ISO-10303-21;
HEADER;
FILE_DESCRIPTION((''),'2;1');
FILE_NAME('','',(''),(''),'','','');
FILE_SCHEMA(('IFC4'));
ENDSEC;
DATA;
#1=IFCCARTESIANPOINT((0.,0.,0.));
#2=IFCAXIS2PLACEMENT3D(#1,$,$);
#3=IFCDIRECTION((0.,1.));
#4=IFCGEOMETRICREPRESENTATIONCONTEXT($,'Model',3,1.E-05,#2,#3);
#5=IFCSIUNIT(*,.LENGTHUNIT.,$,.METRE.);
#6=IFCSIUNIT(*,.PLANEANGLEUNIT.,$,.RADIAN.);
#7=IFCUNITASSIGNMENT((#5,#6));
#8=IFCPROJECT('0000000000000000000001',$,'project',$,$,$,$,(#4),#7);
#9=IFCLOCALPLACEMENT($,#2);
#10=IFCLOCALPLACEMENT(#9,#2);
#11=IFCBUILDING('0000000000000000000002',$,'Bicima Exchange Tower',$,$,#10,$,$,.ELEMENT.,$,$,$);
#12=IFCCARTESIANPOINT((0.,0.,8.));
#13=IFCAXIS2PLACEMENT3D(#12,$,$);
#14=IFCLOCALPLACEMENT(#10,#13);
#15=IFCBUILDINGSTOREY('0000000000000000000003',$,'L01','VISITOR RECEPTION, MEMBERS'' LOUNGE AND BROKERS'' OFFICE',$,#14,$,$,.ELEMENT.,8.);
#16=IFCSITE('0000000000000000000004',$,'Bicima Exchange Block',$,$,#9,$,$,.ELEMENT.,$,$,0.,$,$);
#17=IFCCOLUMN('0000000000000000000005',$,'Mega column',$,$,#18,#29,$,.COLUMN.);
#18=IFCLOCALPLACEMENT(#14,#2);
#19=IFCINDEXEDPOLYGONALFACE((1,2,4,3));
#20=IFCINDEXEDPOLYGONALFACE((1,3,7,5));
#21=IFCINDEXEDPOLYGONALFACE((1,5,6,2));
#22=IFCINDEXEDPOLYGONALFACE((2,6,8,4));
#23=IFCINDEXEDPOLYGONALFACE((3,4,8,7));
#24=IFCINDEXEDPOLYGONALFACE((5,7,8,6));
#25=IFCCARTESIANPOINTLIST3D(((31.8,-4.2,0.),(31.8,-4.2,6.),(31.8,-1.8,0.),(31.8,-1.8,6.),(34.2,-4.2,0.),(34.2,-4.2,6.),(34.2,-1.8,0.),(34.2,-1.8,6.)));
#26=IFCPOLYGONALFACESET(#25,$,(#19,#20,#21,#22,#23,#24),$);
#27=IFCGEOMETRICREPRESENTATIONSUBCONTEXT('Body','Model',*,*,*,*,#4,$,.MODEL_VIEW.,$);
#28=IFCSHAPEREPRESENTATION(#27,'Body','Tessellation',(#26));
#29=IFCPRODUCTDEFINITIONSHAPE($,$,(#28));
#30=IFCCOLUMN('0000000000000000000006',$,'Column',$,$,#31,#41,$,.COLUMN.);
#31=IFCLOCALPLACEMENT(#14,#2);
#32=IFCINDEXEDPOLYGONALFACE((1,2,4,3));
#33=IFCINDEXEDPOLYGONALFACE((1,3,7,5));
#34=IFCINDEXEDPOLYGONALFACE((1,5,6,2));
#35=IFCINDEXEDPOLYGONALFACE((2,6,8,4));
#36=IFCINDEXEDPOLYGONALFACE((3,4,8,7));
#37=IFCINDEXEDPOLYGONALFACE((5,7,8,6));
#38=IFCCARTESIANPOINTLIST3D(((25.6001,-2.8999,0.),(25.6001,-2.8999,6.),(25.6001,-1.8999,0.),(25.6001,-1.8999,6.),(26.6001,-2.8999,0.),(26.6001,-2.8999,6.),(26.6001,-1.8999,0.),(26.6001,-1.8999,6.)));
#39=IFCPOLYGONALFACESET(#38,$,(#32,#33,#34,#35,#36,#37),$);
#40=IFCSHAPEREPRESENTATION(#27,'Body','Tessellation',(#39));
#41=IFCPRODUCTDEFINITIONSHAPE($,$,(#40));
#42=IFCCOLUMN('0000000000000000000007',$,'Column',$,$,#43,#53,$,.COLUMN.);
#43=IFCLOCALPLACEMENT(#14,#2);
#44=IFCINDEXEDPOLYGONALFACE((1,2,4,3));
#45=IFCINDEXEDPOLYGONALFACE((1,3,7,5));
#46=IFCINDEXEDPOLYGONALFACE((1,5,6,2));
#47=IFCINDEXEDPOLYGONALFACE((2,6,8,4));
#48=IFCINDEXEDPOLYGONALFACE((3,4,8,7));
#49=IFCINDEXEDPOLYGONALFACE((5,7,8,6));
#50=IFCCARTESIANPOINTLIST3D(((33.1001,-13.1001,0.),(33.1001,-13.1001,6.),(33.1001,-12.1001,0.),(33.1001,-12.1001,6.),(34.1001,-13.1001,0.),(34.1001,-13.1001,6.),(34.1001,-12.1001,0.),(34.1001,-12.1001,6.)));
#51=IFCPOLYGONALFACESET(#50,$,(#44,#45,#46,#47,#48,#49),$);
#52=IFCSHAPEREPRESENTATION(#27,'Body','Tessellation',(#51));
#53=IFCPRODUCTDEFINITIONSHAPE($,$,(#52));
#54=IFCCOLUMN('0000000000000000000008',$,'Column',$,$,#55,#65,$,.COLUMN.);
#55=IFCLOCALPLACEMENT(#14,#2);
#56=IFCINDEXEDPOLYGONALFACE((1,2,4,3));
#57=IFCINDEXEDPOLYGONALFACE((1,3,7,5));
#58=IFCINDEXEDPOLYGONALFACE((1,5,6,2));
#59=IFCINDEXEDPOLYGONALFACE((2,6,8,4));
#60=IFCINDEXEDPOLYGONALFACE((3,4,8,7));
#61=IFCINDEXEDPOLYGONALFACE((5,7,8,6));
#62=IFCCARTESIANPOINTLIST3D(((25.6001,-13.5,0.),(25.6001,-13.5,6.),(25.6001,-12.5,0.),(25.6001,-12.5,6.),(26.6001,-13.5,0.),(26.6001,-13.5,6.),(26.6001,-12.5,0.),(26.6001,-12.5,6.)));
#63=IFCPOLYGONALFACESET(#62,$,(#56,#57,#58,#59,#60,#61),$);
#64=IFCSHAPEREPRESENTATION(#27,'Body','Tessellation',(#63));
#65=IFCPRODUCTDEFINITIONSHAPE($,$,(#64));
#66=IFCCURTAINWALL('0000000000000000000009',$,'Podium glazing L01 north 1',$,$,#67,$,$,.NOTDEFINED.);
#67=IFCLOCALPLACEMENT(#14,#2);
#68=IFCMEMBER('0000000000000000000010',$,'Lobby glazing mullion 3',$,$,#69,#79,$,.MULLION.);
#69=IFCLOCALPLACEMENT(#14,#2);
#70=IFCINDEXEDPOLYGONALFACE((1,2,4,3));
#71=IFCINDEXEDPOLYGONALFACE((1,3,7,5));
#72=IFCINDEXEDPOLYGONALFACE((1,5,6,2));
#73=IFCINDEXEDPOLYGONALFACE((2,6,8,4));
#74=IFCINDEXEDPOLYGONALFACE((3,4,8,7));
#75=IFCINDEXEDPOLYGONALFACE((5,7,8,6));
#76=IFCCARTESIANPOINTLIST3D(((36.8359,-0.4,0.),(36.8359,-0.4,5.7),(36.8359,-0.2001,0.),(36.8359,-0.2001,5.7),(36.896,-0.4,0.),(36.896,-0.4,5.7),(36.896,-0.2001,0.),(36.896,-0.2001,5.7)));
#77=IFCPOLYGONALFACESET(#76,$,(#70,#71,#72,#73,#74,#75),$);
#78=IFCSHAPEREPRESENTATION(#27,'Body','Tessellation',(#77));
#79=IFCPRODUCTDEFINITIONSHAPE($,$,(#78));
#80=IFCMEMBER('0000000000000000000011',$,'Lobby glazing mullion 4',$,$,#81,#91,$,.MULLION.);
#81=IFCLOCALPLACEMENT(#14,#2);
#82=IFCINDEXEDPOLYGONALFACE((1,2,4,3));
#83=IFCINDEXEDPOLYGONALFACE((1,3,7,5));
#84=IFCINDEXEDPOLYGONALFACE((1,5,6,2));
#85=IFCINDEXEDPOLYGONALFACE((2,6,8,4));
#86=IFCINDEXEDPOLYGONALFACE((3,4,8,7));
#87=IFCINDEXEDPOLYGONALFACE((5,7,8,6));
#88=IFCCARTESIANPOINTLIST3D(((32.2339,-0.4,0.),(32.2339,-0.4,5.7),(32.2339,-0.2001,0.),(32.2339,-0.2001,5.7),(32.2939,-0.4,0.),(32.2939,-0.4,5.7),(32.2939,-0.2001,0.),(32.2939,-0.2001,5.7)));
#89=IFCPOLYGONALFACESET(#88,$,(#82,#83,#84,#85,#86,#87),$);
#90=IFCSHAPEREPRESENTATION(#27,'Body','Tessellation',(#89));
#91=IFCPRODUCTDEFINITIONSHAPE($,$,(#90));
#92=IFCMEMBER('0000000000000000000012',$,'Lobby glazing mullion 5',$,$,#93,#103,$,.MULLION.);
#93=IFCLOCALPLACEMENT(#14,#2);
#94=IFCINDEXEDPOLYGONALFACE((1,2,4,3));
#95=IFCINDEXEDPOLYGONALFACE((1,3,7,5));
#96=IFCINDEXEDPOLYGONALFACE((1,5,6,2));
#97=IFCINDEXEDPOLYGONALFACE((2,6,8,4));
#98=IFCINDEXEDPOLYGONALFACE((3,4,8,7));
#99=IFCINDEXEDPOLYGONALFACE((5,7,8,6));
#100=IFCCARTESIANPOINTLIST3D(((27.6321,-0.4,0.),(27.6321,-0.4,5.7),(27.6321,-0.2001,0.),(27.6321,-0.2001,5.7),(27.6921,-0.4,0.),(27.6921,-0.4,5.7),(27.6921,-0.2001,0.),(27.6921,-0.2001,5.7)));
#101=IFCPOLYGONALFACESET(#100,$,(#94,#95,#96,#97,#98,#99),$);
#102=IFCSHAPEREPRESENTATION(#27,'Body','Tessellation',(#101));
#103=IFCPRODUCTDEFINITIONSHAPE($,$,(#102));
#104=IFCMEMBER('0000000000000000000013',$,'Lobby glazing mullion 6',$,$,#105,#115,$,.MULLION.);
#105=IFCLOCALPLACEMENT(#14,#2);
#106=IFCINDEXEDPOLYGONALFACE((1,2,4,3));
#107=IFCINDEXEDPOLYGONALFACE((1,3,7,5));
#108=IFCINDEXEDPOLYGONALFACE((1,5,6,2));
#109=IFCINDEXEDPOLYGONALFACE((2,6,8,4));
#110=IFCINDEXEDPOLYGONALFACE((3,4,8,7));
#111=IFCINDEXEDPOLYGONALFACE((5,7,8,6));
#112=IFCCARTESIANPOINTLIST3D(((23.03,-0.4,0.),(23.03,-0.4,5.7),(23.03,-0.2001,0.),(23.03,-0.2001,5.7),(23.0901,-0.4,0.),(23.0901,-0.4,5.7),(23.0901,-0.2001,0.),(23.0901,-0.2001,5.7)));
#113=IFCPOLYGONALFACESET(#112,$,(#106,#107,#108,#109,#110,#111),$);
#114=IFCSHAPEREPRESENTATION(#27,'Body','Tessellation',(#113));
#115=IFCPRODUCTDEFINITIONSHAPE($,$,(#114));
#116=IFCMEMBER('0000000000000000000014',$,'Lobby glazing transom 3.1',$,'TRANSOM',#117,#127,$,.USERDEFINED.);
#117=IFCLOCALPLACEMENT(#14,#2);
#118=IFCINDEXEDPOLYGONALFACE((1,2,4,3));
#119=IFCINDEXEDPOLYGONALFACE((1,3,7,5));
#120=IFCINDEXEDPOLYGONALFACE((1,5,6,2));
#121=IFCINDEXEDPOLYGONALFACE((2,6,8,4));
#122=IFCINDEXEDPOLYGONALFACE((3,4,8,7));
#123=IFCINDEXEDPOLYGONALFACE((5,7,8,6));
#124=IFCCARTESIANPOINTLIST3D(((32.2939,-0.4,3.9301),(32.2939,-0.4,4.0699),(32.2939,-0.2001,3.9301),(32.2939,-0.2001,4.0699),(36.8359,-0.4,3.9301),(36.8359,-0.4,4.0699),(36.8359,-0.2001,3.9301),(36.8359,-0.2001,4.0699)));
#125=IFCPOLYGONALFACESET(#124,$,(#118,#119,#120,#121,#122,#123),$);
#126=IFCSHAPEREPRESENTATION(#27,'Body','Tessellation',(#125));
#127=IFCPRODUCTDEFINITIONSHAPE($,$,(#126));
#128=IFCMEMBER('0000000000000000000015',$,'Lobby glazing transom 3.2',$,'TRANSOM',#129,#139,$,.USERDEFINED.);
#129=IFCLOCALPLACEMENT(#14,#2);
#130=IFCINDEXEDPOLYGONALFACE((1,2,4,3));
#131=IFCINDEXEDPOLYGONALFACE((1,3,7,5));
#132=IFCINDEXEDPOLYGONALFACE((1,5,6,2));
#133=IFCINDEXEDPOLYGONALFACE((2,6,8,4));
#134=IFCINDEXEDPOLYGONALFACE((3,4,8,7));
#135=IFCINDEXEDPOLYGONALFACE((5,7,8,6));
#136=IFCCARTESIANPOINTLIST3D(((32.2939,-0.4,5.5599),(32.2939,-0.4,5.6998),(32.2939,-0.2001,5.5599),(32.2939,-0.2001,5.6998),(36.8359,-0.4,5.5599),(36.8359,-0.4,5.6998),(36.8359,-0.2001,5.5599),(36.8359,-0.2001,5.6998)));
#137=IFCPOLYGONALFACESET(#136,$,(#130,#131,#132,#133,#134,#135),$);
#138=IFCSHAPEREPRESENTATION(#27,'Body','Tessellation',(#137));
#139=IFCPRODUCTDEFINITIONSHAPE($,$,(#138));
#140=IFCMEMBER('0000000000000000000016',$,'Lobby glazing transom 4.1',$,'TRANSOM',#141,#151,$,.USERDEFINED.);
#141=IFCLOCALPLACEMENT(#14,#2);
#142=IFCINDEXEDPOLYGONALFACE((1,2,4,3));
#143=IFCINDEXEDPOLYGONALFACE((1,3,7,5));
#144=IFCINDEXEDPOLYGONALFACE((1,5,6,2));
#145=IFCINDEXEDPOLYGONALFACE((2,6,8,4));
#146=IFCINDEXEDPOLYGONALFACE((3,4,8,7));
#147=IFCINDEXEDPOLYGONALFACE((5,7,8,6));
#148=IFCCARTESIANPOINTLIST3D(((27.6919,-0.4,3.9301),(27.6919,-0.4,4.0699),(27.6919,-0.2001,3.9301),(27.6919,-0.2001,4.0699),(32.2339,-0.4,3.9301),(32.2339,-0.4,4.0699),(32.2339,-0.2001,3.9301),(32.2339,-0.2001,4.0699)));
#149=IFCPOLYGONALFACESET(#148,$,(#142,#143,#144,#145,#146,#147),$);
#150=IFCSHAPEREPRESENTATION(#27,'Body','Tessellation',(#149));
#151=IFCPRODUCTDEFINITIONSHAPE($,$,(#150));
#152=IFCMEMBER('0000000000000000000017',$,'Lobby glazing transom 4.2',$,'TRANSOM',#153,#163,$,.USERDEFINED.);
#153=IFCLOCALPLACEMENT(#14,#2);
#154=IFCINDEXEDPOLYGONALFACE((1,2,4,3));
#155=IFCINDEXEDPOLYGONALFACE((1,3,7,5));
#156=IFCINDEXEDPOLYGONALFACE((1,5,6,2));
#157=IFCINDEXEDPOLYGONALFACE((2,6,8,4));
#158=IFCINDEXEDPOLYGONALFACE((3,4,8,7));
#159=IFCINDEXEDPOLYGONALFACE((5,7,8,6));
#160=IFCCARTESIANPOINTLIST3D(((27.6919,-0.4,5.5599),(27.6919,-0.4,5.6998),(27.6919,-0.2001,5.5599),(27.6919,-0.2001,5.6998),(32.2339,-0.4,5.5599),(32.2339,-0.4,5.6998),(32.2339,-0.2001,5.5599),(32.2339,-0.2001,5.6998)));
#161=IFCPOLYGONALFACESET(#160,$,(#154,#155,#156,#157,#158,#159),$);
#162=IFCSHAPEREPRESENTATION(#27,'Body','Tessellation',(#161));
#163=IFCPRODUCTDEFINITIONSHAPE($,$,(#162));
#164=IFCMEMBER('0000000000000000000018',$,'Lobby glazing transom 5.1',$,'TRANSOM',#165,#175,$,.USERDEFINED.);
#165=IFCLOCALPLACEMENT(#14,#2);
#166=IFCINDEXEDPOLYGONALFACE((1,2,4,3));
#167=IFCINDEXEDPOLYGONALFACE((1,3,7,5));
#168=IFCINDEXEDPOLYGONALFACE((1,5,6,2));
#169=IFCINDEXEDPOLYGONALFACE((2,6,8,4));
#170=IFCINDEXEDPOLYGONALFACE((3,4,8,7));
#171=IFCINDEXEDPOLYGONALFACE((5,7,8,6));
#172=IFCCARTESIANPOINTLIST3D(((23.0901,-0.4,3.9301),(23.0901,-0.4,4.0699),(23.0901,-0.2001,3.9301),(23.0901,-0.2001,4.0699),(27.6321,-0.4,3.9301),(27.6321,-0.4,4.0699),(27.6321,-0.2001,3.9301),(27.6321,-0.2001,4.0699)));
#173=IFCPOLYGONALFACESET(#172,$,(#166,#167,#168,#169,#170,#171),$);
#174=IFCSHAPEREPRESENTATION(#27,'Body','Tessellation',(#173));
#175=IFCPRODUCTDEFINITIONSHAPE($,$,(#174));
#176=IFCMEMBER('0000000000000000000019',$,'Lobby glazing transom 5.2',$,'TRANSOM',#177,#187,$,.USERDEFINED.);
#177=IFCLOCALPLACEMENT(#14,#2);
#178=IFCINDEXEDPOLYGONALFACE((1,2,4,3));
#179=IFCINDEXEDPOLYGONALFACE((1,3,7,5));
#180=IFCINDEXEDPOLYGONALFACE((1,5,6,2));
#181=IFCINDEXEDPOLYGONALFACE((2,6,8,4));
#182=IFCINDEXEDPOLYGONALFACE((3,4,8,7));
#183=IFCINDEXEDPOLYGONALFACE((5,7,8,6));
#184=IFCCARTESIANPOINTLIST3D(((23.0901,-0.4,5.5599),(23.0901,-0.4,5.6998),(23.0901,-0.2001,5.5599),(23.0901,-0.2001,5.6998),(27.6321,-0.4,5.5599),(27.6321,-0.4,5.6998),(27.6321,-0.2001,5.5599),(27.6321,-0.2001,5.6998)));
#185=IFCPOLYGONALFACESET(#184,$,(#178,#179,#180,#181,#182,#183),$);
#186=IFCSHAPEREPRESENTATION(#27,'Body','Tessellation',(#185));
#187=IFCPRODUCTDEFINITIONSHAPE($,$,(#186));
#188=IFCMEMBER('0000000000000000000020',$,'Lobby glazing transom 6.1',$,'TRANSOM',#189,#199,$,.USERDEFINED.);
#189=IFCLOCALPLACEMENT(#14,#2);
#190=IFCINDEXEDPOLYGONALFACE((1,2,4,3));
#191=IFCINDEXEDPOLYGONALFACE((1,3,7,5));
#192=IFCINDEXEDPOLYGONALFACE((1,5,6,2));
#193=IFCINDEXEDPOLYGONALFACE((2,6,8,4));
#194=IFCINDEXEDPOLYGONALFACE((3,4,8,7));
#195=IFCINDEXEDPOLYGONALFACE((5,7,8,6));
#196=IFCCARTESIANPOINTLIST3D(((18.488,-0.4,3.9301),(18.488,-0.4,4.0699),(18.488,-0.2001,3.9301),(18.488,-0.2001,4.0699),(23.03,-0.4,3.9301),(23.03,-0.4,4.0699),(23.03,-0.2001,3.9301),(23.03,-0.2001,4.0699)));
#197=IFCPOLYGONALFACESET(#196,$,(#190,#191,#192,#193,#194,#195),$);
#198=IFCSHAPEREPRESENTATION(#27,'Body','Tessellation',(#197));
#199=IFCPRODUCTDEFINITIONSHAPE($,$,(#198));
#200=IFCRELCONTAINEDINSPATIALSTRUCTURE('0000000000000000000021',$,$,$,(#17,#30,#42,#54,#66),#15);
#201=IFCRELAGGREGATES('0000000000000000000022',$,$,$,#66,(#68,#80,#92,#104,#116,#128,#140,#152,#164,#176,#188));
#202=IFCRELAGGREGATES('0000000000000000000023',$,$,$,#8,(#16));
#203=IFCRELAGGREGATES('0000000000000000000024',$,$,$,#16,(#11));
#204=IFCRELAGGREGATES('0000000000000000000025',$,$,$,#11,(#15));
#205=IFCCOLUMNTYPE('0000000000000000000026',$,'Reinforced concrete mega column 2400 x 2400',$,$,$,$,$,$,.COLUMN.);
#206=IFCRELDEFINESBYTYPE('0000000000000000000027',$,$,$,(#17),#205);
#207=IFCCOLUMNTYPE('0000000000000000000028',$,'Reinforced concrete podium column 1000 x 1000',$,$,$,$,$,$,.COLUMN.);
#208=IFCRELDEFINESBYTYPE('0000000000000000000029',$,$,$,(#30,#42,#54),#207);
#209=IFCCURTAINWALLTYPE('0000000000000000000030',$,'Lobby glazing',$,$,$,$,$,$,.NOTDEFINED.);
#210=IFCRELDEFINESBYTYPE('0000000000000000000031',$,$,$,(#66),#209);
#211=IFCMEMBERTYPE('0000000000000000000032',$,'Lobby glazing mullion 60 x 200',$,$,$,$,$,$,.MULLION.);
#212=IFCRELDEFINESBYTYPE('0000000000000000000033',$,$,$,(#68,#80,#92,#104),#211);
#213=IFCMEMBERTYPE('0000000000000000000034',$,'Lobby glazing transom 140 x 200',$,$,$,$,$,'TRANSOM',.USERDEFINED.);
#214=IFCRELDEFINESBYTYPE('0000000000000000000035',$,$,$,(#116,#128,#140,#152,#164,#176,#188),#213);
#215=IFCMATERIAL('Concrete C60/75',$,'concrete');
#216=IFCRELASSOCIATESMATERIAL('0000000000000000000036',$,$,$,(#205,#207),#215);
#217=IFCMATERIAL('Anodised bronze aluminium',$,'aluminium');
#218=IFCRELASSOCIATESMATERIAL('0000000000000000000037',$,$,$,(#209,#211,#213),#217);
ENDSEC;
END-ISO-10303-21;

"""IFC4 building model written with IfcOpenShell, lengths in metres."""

from ifc_helpers import new_model, si_unit, direction, frame, origin, origin_2d, place, context, subcontext, project, spatial, rectangle, extrude, material, material_profile, profile_set, type_object, element, aggregate, save


model = new_model("IFC4")

# Units and contexts
model_context = context("Model", 3, precision=1e-05, world=origin(), true_north=direction((0.0, 1.0)))
body_context = subcontext(model_context, "Body", "Model", "MODEL_VIEW")
ifc_project = project(units=[si_unit("LENGTHUNIT", "METRE"), si_unit("PLANEANGLEUNIT", "RADIAN")], contexts=[model_context])

# Site, building, storey
site_placement = place(None, origin())
site = spatial("IfcSite", under=ifc_project, at=site_placement, Name="Bicima Exchange Block", CompositionType="ELEMENT", RefElevation=0.0)
building_placement = place(site_placement, origin())
building = spatial("IfcBuilding", under=site, at=building_placement, Name="Bicima Exchange Tower", CompositionType="ELEMENT")
storey_placement = place(building_placement, frame((0.0, 0.0, 8.0)))
storey = spatial("IfcBuildingStorey", under=building, at=storey_placement, Name="L01", Description="VISITOR RECEPTION, MEMBERS' LOUNGE AND BROKERS' OFFICE", CompositionType="ELEMENT", Elevation=8.0)

# Columns
ifc_material_1 = material(Name="Concrete C60/75", Category="concrete")
ifc_material_profile_1 = material_profile(ifc_material_1, rectangle(XDim=2.3999, YDim=2.3999, at=origin_2d()))
ifc_profile_set_1 = profile_set([ifc_material_profile_1], Name="Concrete C60/75")
column_type_1 = type_object("IfcColumnType", Name="Reinforced concrete mega column 2400 x 2400", PredefinedType="COLUMN", material=ifc_profile_set_1)
column_placement = place(storey_placement, frame((33.0, -3.0, 0.0), z_axis=(0.0, 0.0, 1.0), x_axis=(1.0, 0.0, 0.0)))
element("IfcColumn", 1, at=column_placement, inside=storey, type_object=column_type_1, Name="Mega column", PredefinedType="COLUMN", context=body_context, shape_type="SweptSolid", body=[
    extrude(rectangle(XDim=2.3999, YDim=2.3999, at=origin_2d()), origin(), (0.0, 0.0, 1.0), 6.0),
])
ifc_material_profile_2 = material_profile(ifc_material_1, rectangle(XDim=1.0, YDim=1.0, at=origin_2d()))
ifc_profile_set_2 = profile_set([ifc_material_profile_2], Name="Concrete C60/75")
column_type_2 = type_object("IfcColumnType", Name="Reinforced concrete podium column 1000 x 1000", PredefinedType="COLUMN", material=ifc_profile_set_2)
for number, where, z_axis, x_axis, name in (
    (2, (26.1001, -2.3999, 0.0), (0.0, 0.0, 1.0), (1.0, 0.0, 0.0), "Column"),
    (3, (33.6001, -12.6001, 0.0), (0.0, 0.0, 1.0), (1.0, 0.0, 0.0), "Column"),
    (4, (26.1001, -13.0, 0.0), (0.0, 0.0, 1.0), (1.0, 0.0, 0.0), "Column"),
):
    element("IfcColumn", number, at=place(storey_placement, frame(where, z_axis=z_axis, x_axis=x_axis)), inside=storey, type_object=column_type_2, Name=name, PredefinedType="COLUMN", context=body_context, shape_type="SweptSolid", body=[
        extrude(rectangle(XDim=1.0, YDim=1.0, at=origin_2d()), origin(), (0.0, 0.0, 1.0), 6.0),
    ])

# Curtain wall, members
ifc_material_2 = material(Name="Anodised bronze aluminium", Category="aluminium")
curtain_wall_type = type_object("IfcCurtainWallType", Name="Lobby glazing", PredefinedType="NOTDEFINED", material=ifc_material_2)
curtain_wall_placement = place(storey_placement, origin())
curtain_wall = element("IfcCurtainWall", 5, at=curtain_wall_placement, inside=storey, type_object=curtain_wall_type, Name="Podium glazing L01 north 1", PredefinedType="NOTDEFINED")
ifc_material_profile_3 = material_profile(ifc_material_2, rectangle(XDim=0.2, YDim=0.0601, at=origin_2d()))
ifc_profile_set_3 = profile_set([ifc_material_profile_3], Name="Anodised bronze aluminium")
member_type_1 = type_object("IfcMemberType", Name="Lobby glazing mullion 60 x 200", PredefinedType="MULLION", material=ifc_profile_set_3)
member_1_placement = place(storey_placement, frame((36.866, -0.3, 0.0), z_axis=(0.0, 0.0, 1.0), x_axis=(0.0, -1.0, 0.0)))
member_1 = element("IfcMember", 6, at=member_1_placement, type_object=member_type_1, Name="Lobby glazing mullion 3", PredefinedType="MULLION", context=body_context, shape_type="SweptSolid", body=[
    extrude(rectangle(XDim=0.2, YDim=0.0601, at=origin_2d()), origin(), (0.0, 0.0, 1.0), 5.7),
])
member_2_placement = place(storey_placement, frame((32.2639, -0.3, 0.0), z_axis=(0.0, 0.0, 1.0), x_axis=(0.0, -1.0, 0.0)))
member_2 = element("IfcMember", 7, at=member_2_placement, type_object=member_type_1, Name="Lobby glazing mullion 4", PredefinedType="MULLION", context=body_context, shape_type="SweptSolid", body=[
    extrude(rectangle(XDim=0.2, YDim=0.0601, at=origin_2d()), origin(), (0.0, 0.0, 1.0), 5.7),
])
member_3_placement = place(storey_placement, frame((27.6621, -0.3, 0.0), z_axis=(0.0, 0.0, 1.0), x_axis=(0.0, -1.0, 0.0)))
member_3 = element("IfcMember", 8, at=member_3_placement, type_object=member_type_1, Name="Lobby glazing mullion 5", PredefinedType="MULLION", context=body_context, shape_type="SweptSolid", body=[
    extrude(rectangle(XDim=0.2, YDim=0.0601, at=origin_2d()), origin(), (0.0, 0.0, 1.0), 5.7),
])
member_4_placement = place(storey_placement, frame((23.0601, -0.3, 0.0), z_axis=(0.0, 0.0, 1.0), x_axis=(0.0, -1.0, 0.0)))
member_4 = element("IfcMember", 9, at=member_4_placement, type_object=member_type_1, Name="Lobby glazing mullion 6", PredefinedType="MULLION", context=body_context, shape_type="SweptSolid", body=[
    extrude(rectangle(XDim=0.2, YDim=0.0601, at=origin_2d()), origin(), (0.0, 0.0, 1.0), 5.7),
])
ifc_material_profile_4 = material_profile(ifc_material_2, rectangle(XDim=0.2, YDim=0.1399, at=origin_2d()))
ifc_profile_set_4 = profile_set([ifc_material_profile_4], Name="Anodised bronze aluminium")
member_type_2 = type_object("IfcMemberType", Name="Lobby glazing transom 140 x 200", ElementType="TRANSOM", PredefinedType="USERDEFINED", material=ifc_profile_set_4)
member_5_placement = place(storey_placement, frame((36.8359, -0.3, 4.0), z_axis=(-1.0, 0.0, 0.0), x_axis=(0.0, -1.0, 0.0)))
member_5 = element("IfcMember", 10, at=member_5_placement, type_object=member_type_2, Name="Lobby glazing transom 3.1", ObjectType="TRANSOM", PredefinedType="USERDEFINED", context=body_context, shape_type="SweptSolid", body=[
    extrude(rectangle(XDim=0.2, YDim=0.1399, at=origin_2d()), origin(), (0.0, 0.0, 1.0), 4.542),
])
member_6_placement = place(storey_placement, frame((36.8359, -0.3, 5.6299), z_axis=(-1.0, 0.0, 0.0), x_axis=(0.0, -1.0, 0.0)))
member_6 = element("IfcMember", 11, at=member_6_placement, type_object=member_type_2, Name="Lobby glazing transom 3.2", ObjectType="TRANSOM", PredefinedType="USERDEFINED", context=body_context, shape_type="SweptSolid", body=[
    extrude(rectangle(XDim=0.2, YDim=0.1399, at=origin_2d()), origin(), (0.0, 0.0, 1.0), 4.542),
])
member_7_placement = place(storey_placement, frame((32.2339, -0.3, 4.0), z_axis=(-1.0, 0.0, 0.0), x_axis=(0.0, -1.0, 0.0)))
member_7 = element("IfcMember", 12, at=member_7_placement, type_object=member_type_2, Name="Lobby glazing transom 4.1", ObjectType="TRANSOM", PredefinedType="USERDEFINED", context=body_context, shape_type="SweptSolid", body=[
    extrude(rectangle(XDim=0.2, YDim=0.1399, at=origin_2d()), origin(), (0.0, 0.0, 1.0), 4.542),
])
member_8_placement = place(storey_placement, frame((32.2339, -0.3, 5.6299), z_axis=(-1.0, 0.0, 0.0), x_axis=(0.0, -1.0, 0.0)))
member_8 = element("IfcMember", 13, at=member_8_placement, type_object=member_type_2, Name="Lobby glazing transom 4.2", ObjectType="TRANSOM", PredefinedType="USERDEFINED", context=body_context, shape_type="SweptSolid", body=[
    extrude(rectangle(XDim=0.2, YDim=0.1399, at=origin_2d()), origin(), (0.0, 0.0, 1.0), 4.542),
])
member_9_placement = place(storey_placement, frame((27.6321, -0.3, 4.0), z_axis=(-1.0, 0.0, 0.0), x_axis=(0.0, -1.0, 0.0)))
member_9 = element("IfcMember", 14, at=member_9_placement, type_object=member_type_2, Name="Lobby glazing transom 5.1", ObjectType="TRANSOM", PredefinedType="USERDEFINED", context=body_context, shape_type="SweptSolid", body=[
    extrude(rectangle(XDim=0.2, YDim=0.1399, at=origin_2d()), origin(), (0.0, 0.0, 1.0), 4.542),
])
member_10_placement = place(storey_placement, frame((27.6321, -0.3, 5.6299), z_axis=(-1.0, 0.0, 0.0), x_axis=(0.0, -1.0, 0.0)))
member_10 = element("IfcMember", 15, at=member_10_placement, type_object=member_type_2, Name="Lobby glazing transom 5.2", ObjectType="TRANSOM", PredefinedType="USERDEFINED", context=body_context, shape_type="SweptSolid", body=[
    extrude(rectangle(XDim=0.2, YDim=0.1399, at=origin_2d()), origin(), (0.0, 0.0, 1.0), 4.542),
])
member_11_placement = place(storey_placement, frame((23.03, -0.3, 4.0), z_axis=(-1.0, 0.0, 0.0), x_axis=(0.0, -1.0, 0.0)))
member_11 = element("IfcMember", 16, at=member_11_placement, type_object=member_type_2, Name="Lobby glazing transom 6.1", ObjectType="TRANSOM", PredefinedType="USERDEFINED", context=body_context, shape_type="SweptSolid", body=[
    extrude(rectangle(XDim=0.2, YDim=0.1399, at=origin_2d()), origin(), (0.0, 0.0, 1.0), 4.542),
])
aggregate(curtain_wall, [member_1, member_2, member_3, member_4, member_5, member_6, member_7, member_8, member_9, member_10, member_11])

save(model, "model.ifc")
